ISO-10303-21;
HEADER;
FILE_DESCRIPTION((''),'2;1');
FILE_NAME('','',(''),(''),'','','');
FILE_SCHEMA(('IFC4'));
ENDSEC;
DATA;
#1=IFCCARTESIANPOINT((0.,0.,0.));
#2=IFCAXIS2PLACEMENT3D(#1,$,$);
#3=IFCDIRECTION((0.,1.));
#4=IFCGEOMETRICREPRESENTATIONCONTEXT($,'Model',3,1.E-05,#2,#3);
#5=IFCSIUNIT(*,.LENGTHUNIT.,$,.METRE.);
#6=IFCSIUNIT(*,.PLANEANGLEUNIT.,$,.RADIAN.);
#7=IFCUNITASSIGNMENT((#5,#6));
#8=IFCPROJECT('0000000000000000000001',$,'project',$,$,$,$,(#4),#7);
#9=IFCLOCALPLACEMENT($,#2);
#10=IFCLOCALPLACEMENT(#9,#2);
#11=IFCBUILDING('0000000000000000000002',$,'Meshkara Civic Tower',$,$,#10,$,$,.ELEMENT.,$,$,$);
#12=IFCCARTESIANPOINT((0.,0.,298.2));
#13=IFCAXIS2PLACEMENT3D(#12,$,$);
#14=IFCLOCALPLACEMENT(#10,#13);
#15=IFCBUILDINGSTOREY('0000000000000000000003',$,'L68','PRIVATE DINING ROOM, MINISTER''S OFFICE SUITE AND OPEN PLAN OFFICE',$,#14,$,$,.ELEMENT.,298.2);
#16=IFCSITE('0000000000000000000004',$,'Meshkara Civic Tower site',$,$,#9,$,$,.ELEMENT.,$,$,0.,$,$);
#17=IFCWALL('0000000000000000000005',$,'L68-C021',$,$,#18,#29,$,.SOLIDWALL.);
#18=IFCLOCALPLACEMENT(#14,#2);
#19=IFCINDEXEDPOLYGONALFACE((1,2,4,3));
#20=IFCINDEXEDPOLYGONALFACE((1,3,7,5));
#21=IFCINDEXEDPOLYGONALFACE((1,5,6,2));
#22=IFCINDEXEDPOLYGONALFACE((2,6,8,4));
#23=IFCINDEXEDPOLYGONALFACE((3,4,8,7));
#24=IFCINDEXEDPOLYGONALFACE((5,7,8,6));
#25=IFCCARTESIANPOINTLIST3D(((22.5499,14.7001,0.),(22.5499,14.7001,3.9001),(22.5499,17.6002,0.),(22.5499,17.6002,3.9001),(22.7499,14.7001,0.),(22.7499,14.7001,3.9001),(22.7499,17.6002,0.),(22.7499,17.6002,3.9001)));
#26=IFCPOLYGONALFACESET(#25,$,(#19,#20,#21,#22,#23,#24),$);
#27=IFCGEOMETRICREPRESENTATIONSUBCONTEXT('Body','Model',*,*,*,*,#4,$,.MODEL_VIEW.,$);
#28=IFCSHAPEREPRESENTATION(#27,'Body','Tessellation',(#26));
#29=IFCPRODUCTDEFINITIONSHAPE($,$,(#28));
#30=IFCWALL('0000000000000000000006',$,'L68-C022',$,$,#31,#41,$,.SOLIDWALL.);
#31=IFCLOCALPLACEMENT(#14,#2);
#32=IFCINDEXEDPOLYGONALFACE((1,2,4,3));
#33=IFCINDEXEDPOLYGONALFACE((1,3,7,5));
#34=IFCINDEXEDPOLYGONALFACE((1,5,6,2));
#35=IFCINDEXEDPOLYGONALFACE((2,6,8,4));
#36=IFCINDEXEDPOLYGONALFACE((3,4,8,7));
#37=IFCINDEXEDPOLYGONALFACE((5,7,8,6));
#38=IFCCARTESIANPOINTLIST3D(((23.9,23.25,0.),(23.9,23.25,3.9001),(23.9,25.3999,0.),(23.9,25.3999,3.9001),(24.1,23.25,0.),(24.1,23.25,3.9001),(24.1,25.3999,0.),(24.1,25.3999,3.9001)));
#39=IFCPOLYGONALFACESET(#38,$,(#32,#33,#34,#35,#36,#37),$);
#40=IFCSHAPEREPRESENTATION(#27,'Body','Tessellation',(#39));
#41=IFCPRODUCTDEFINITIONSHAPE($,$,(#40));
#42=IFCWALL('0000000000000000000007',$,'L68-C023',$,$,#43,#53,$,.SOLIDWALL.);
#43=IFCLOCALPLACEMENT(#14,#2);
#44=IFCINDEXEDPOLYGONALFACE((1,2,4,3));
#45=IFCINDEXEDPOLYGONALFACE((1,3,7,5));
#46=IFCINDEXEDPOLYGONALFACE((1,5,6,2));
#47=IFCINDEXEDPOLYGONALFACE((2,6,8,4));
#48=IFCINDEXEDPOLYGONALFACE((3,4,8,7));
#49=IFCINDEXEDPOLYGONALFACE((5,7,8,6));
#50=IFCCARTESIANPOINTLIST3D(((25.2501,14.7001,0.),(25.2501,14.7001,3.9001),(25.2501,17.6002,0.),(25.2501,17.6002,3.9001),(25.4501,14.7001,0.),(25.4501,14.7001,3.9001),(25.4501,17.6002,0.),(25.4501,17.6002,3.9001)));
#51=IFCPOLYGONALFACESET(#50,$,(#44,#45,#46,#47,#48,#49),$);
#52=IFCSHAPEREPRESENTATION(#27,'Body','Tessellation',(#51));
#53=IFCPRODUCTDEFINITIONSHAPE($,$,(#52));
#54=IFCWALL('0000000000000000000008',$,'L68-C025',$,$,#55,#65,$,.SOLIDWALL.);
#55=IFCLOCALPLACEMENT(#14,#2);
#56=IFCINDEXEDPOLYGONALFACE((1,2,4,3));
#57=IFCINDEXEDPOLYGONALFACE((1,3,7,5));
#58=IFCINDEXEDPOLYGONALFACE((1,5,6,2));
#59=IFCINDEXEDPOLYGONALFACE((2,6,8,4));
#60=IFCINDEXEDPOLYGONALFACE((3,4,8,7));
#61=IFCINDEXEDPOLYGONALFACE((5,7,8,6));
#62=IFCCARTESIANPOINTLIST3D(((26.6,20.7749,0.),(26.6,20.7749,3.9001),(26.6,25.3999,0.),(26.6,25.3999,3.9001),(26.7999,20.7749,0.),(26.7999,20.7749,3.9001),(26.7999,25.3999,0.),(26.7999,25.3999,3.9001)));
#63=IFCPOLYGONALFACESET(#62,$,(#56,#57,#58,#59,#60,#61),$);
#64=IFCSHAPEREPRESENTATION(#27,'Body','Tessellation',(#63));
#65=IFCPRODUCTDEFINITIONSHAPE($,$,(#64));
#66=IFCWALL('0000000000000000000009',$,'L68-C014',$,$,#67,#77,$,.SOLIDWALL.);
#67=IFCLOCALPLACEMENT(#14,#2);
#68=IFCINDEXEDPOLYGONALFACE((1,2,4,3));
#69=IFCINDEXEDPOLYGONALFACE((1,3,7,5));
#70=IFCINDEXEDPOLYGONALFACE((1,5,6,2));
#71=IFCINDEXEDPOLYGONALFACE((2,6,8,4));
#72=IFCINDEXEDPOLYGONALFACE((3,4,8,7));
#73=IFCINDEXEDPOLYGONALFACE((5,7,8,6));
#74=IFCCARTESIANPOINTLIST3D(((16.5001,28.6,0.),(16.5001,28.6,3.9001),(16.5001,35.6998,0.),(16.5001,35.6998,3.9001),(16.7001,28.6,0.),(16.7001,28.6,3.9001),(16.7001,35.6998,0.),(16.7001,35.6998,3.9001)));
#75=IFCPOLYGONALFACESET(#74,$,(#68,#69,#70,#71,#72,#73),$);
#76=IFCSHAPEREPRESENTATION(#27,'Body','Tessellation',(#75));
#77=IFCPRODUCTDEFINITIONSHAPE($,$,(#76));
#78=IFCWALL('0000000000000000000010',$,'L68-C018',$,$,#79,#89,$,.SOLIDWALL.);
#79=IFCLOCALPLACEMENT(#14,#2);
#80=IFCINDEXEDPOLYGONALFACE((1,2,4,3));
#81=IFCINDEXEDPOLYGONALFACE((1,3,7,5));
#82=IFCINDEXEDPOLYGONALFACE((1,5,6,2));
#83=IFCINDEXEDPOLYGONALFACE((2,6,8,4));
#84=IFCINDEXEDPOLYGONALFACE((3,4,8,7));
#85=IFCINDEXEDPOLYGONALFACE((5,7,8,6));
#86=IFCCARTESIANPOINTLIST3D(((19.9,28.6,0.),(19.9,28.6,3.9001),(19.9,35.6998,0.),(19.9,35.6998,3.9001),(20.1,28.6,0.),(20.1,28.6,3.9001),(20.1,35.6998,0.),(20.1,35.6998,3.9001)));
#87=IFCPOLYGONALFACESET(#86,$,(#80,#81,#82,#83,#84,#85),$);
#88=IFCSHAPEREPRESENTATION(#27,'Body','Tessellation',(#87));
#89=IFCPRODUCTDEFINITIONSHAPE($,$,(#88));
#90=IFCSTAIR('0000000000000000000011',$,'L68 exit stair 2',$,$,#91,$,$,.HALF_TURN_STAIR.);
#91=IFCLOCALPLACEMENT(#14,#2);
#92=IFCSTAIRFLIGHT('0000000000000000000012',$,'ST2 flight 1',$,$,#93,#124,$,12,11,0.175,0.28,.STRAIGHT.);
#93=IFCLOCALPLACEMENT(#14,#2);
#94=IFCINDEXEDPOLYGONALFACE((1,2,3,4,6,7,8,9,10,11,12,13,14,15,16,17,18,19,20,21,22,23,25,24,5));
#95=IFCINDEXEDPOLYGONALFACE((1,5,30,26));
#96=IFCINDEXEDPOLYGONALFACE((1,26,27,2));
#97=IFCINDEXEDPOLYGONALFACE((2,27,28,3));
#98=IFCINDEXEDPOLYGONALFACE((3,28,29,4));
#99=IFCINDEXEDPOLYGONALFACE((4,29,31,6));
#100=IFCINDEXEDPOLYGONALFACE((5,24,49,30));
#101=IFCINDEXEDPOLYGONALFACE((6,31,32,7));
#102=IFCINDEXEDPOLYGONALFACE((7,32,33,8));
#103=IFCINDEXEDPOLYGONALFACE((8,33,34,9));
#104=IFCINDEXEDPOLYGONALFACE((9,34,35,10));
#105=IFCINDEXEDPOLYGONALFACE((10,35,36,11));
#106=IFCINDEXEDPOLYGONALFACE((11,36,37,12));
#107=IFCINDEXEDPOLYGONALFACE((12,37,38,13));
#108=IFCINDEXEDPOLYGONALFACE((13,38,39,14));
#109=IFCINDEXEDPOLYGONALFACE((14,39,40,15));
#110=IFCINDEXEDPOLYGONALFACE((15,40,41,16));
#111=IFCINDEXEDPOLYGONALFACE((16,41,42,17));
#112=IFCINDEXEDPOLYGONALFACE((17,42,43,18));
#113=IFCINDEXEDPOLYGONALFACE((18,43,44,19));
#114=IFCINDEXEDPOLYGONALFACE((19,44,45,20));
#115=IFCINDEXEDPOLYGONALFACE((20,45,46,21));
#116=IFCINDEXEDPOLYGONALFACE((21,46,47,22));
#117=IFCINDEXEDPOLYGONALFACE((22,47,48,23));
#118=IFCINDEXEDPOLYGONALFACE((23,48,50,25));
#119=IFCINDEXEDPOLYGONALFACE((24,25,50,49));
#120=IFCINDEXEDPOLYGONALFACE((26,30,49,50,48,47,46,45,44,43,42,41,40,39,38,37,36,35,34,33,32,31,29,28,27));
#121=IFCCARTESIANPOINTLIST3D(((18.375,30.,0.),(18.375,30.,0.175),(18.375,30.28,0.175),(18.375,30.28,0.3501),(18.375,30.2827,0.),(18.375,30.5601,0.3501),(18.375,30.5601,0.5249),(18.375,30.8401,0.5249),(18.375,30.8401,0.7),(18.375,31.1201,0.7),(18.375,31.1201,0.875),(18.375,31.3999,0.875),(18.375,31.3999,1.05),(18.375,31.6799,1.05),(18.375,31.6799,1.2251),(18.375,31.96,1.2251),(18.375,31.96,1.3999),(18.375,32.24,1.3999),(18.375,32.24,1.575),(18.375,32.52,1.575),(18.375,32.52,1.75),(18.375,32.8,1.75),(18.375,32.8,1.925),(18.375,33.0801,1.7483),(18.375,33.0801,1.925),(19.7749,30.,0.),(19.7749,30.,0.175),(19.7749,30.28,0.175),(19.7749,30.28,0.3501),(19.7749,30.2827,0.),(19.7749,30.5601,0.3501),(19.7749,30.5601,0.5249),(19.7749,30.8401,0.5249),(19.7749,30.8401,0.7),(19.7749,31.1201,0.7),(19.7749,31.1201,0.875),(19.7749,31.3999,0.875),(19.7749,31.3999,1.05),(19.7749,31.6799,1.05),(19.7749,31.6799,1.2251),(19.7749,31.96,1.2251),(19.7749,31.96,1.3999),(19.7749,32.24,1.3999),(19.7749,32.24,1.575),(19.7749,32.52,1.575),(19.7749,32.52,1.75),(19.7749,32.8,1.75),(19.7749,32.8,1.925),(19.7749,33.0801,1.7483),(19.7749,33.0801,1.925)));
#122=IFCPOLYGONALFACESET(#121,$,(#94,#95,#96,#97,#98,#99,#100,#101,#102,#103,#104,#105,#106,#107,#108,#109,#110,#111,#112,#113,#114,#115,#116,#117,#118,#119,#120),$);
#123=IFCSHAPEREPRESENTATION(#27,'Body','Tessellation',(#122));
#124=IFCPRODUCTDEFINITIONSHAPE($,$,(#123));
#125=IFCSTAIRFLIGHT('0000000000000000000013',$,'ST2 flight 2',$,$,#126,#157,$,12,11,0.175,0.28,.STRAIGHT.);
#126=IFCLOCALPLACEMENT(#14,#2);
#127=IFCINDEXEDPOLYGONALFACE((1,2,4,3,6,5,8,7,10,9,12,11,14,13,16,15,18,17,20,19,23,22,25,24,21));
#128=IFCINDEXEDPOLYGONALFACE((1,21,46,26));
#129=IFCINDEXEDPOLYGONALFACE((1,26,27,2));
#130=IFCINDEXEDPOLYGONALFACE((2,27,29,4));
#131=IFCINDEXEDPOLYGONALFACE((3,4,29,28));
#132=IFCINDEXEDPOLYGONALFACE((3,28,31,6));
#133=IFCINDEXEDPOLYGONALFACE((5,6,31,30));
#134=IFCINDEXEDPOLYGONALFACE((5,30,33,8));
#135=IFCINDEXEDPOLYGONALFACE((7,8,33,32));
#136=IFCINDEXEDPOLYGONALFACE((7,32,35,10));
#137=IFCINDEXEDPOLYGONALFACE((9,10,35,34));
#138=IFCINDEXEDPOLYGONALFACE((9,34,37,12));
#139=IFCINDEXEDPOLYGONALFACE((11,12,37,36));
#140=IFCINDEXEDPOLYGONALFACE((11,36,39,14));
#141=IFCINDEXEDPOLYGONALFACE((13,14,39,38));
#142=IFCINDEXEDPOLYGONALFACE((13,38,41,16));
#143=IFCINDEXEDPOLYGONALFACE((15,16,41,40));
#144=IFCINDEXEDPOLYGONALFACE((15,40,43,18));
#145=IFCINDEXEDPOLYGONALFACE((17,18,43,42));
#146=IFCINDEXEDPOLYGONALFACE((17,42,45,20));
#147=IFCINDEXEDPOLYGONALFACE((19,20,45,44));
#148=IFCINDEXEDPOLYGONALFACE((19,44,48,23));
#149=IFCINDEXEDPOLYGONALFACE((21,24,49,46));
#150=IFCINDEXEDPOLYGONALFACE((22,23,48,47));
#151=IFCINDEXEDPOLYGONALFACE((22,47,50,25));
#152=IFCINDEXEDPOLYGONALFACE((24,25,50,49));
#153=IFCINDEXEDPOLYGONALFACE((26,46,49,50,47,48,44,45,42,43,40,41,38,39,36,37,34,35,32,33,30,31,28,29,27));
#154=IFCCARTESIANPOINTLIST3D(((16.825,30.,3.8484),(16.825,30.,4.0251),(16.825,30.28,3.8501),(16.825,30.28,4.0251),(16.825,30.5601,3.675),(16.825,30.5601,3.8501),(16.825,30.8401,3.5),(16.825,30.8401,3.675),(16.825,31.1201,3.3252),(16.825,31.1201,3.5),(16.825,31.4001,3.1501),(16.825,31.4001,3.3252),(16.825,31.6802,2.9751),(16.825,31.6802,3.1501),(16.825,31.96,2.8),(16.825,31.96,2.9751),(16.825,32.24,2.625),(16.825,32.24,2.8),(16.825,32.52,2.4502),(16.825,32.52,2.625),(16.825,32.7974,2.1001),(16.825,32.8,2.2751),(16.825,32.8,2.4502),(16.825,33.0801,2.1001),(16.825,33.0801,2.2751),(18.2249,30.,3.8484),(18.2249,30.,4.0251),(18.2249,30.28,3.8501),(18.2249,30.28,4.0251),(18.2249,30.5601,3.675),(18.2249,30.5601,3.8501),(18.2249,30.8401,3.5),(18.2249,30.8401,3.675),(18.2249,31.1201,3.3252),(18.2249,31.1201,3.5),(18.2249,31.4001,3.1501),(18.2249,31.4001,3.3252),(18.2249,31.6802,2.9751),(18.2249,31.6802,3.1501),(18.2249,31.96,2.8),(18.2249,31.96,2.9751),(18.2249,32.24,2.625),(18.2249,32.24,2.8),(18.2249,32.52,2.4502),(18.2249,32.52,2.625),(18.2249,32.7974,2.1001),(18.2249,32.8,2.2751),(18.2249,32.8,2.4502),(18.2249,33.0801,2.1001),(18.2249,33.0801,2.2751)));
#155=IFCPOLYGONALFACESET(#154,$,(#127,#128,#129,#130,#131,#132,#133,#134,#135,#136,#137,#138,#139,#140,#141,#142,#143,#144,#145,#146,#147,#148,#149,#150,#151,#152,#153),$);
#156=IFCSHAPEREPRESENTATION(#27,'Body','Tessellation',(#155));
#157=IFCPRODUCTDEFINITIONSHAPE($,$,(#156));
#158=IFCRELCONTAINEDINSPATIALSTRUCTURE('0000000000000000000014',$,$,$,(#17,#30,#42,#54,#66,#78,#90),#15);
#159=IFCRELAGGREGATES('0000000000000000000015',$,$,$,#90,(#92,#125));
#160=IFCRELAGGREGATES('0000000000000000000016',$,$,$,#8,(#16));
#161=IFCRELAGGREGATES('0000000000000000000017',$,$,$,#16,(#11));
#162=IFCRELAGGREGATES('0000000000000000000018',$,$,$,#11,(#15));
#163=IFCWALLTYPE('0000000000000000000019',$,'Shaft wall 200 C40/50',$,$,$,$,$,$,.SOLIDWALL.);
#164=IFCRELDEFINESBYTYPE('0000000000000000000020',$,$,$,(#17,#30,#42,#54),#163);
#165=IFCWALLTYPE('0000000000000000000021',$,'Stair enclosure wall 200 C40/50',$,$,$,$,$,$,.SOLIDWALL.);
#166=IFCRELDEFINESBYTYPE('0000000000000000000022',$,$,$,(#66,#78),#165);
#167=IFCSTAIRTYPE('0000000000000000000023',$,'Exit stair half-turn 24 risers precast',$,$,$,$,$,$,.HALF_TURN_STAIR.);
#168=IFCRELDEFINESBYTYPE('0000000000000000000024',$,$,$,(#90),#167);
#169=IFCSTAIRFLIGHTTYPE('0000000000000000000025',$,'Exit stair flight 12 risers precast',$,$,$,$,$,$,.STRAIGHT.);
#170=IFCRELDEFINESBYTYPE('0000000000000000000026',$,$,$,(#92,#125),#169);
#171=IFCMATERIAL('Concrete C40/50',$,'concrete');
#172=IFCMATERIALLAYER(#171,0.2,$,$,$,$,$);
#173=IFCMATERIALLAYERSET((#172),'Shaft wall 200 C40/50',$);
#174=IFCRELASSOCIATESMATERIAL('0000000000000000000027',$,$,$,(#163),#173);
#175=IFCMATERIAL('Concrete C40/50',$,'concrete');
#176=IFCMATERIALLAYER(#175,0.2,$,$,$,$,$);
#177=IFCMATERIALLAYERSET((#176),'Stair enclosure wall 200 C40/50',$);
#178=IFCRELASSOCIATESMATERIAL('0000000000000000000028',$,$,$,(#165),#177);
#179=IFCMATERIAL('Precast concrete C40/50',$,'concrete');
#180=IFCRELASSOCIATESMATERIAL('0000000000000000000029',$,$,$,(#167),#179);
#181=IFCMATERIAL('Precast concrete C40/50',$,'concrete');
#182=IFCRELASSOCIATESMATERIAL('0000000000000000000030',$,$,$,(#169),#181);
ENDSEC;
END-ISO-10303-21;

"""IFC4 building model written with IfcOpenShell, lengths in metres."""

from ifc_helpers import new_model, si_unit, direction, frame, frame_2d, origin, place, context, subcontext, project, spatial, polyline, rectangle, outline, extrude, material, layer, layer_set, type_object, element, aggregate, save


model = new_model("IFC4")

# Units and contexts
model_context = context("Model", 3, precision=1e-05, world=origin(), true_north=direction((0.0, 1.0)))
body_context = subcontext(model_context, "Body", "Model", "MODEL_VIEW")
ifc_project = project(units=[si_unit("LENGTHUNIT", "METRE"), si_unit("PLANEANGLEUNIT", "RADIAN")], contexts=[model_context])

# Site, building, storey
site_placement = place(None, origin())
site = spatial("IfcSite", under=ifc_project, at=site_placement, Name="Meshkara Civic Tower site", CompositionType="ELEMENT", RefElevation=0.0)
building_placement = place(site_placement, origin())
building = spatial("IfcBuilding", under=site, at=building_placement, Name="Meshkara Civic Tower", CompositionType="ELEMENT")
storey_placement = place(building_placement, frame((0.0, 0.0, 298.2)))
storey = spatial("IfcBuildingStorey", under=building, at=storey_placement, Name="L68", Description="PRIVATE DINING ROOM, MINISTER'S OFFICE SUITE AND OPEN PLAN OFFICE", CompositionType="ELEMENT", Elevation=298.2)

# Shared definitions
ifc_material_1 = material(Name="Concrete C40/50", Category="concrete")
ifc_layer_1 = layer(ifc_material_1, 0.2)
ifc_layer_set_1 = layer_set([ifc_layer_1], Name="Shaft wall 200 C40/50")
wall_type_1 = type_object("IfcWallType", Name="Shaft wall 200 C40/50", PredefinedType="SOLIDWALL", material=ifc_layer_set_1)

# Walls
wall_1_placement = place(storey_placement, frame((22.6499, 14.7, 0.0), z_axis=(0.0, 0.0, 1.0), x_axis=(0.0, 1.0, 0.0)))
element("IfcWall", 1, at=wall_1_placement, inside=storey, type_object=wall_type_1, Name="L68-C021", PredefinedType="SOLIDWALL", context=body_context, shape_type="SweptSolid", body=[
    extrude(rectangle(XDim=2.9001, YDim=0.2, at=frame_2d((1.4502, 0.0))), origin(), (0.0, 0.0, 1.0), 3.9001),
])
wall_2_placement = place(storey_placement, frame((24.0, 23.25, 0.0), z_axis=(0.0, 0.0, 1.0), x_axis=(0.0, 1.0, 0.0)))
element("IfcWall", 2, at=wall_2_placement, inside=storey, type_object=wall_type_1, Name="L68-C022", PredefinedType="SOLIDWALL", context=body_context, shape_type="SweptSolid", body=[
    extrude(rectangle(XDim=2.1499, YDim=0.2, at=frame_2d((1.075, 0.0))), origin(), (0.0, 0.0, 1.0), 3.9001),
])
wall_3_placement = place(storey_placement, frame((25.3501, 14.7, 0.0), z_axis=(0.0, 0.0, 1.0), x_axis=(0.0, 1.0, 0.0)))
element("IfcWall", 3, at=wall_3_placement, inside=storey, type_object=wall_type_1, Name="L68-C023", PredefinedType="SOLIDWALL", context=body_context, shape_type="SweptSolid", body=[
    extrude(rectangle(XDim=2.9001, YDim=0.2, at=frame_2d((1.4502, 0.0))), origin(), (0.0, 0.0, 1.0), 3.9001),
])
wall_4_placement = place(storey_placement, frame((26.7, 20.7749, 0.0), z_axis=(0.0, 0.0, 1.0), x_axis=(0.0, 1.0, 0.0)))
element("IfcWall", 4, at=wall_4_placement, inside=storey, type_object=wall_type_1, Name="L68-C025", PredefinedType="SOLIDWALL", context=body_context, shape_type="SweptSolid", body=[
    extrude(rectangle(XDim=4.625, YDim=0.2, at=frame_2d((2.3125, 0.0))), origin(), (0.0, 0.0, 1.0), 3.9001),
])
ifc_material_2 = material(Name="Concrete C40/50", Category="concrete")
ifc_layer_2 = layer(ifc_material_2, 0.2)
ifc_layer_set_2 = layer_set([ifc_layer_2], Name="Stair enclosure wall 200 C40/50")
wall_type_2 = type_object("IfcWallType", Name="Stair enclosure wall 200 C40/50", PredefinedType="SOLIDWALL", material=ifc_layer_set_2)
for number, where, z_axis, x_axis, name in (
    (5, (16.6001, 28.6001, 0.0), (0.0, 0.0, 1.0), (0.0, 1.0, 0.0), "L68-C014"),
    (6, (20.0, 28.6001, 0.0), (0.0, 0.0, 1.0), (0.0, 1.0, 0.0), "L68-C018"),
):
    element("IfcWall", number, at=place(storey_placement, frame(where, z_axis=z_axis, x_axis=x_axis)), inside=storey, type_object=wall_type_2, Name=name, PredefinedType="SOLIDWALL", context=body_context, shape_type="SweptSolid", body=[
        extrude(rectangle(XDim=7.0999, YDim=0.2, at=frame_2d((3.5498, 0.0))), origin(), (0.0, 0.0, 1.0), 3.9001),
    ])

# Stair, stair flights
ifc_material_3 = material(Name="Precast concrete C40/50", Category="concrete")
stair_type = type_object("IfcStairType", Name="Exit stair half-turn 24 risers precast", PredefinedType="HALF_TURN_STAIR", material=ifc_material_3)
stair_placement = place(storey_placement, origin())
stair = element("IfcStair", 7, at=stair_placement, inside=storey, type_object=stair_type, Name="L68 exit stair 2", PredefinedType="HALF_TURN_STAIR")
ifc_material_4 = material(Name="Precast concrete C40/50", Category="concrete")
stair_flight_type = type_object("IfcStairFlightType", Name="Exit stair flight 12 risers precast", PredefinedType="STRAIGHT", material=ifc_material_4)
stair_flight_1_placement = place(storey_placement, frame((19.075, 30.0, 0.0), z_axis=(0.0, 0.0, 1.0), x_axis=(0.0, 1.0, 0.0)))
stair_flight_1 = element("IfcStairFlight", 8, at=stair_flight_1_placement, type_object=stair_flight_type, Name="ST2 flight 1", NumberOfRisers=12, NumberOfTreads=11, PredefinedType="STRAIGHT", RiserHeight=0.175, TreadLength=0.28, context=body_context, shape_type="SweptSolid", body=[
    extrude(outline(polyline([(0.0, 0.0), (0.0, 0.175), (0.28, 0.175), (0.28, 0.3501), (0.5601, 0.3501), (0.5601, 0.5249), (0.8401, 0.5249), (0.8401, 0.7), (1.1201, 0.7), (1.1201, 0.875), (1.3999, 0.875), (1.3999, 1.05), (1.6799, 1.05), (1.6799, 1.2251), (1.96, 1.2251), (1.96, 1.3999), (2.24, 1.3999), (2.24, 1.575), (2.52, 1.575), (2.52, 1.75), (2.8, 1.75), (2.8, 1.925), (3.0801, 1.925), (3.0801, 2.1001), (3.0801, 1.7483), (0.2827, 0.0), (0.0, 0.0)])), frame((0.0, 0.7, 0.0), z_axis=(0.0, -1.0, 0.0), x_axis=(1.0, 0.0, 0.0)), (0.0, 0.0, 1.0), 1.3999),
])
stair_flight_2_placement = place(storey_placement, frame((17.5249, 33.0801, 2.1001), z_axis=(0.0, 0.0, 1.0), x_axis=(0.0, -1.0, 0.0)))
stair_flight_2 = element("IfcStairFlight", 9, at=stair_flight_2_placement, type_object=stair_flight_type, Name="ST2 flight 2", NumberOfRisers=12, NumberOfTreads=11, PredefinedType="STRAIGHT", RiserHeight=0.175, TreadLength=0.28, context=body_context, shape_type="SweptSolid", body=[
    extrude(outline(polyline([(0.0, 0.0), (0.0, 0.175), (0.28, 0.175), (0.28, 0.3501), (0.5601, 0.3501), (0.5601, 0.5249), (0.8401, 0.5249), (0.8401, 0.7), (1.1201, 0.7), (1.1201, 0.875), (1.3999, 0.875), (1.3999, 1.05), (1.6799, 1.05), (1.6799, 1.2251), (1.96, 1.2251), (1.96, 1.3999), (2.24, 1.3999), (2.24, 1.575), (2.52, 1.575), (2.52, 1.75), (2.8, 1.75), (2.8, 1.925), (3.0801, 1.925), (3.0801, 2.1001), (3.0801, 1.7483), (0.2827, 0.0), (0.0, 0.0)])), frame((0.0, 0.7, 0.0), z_axis=(0.0, -1.0, 0.0), x_axis=(1.0, 0.0, 0.0)), (0.0, 0.0, 1.0), 1.3999),
])
aggregate(stair, [stair_flight_1, stair_flight_2])

save(model, "model.ifc")
